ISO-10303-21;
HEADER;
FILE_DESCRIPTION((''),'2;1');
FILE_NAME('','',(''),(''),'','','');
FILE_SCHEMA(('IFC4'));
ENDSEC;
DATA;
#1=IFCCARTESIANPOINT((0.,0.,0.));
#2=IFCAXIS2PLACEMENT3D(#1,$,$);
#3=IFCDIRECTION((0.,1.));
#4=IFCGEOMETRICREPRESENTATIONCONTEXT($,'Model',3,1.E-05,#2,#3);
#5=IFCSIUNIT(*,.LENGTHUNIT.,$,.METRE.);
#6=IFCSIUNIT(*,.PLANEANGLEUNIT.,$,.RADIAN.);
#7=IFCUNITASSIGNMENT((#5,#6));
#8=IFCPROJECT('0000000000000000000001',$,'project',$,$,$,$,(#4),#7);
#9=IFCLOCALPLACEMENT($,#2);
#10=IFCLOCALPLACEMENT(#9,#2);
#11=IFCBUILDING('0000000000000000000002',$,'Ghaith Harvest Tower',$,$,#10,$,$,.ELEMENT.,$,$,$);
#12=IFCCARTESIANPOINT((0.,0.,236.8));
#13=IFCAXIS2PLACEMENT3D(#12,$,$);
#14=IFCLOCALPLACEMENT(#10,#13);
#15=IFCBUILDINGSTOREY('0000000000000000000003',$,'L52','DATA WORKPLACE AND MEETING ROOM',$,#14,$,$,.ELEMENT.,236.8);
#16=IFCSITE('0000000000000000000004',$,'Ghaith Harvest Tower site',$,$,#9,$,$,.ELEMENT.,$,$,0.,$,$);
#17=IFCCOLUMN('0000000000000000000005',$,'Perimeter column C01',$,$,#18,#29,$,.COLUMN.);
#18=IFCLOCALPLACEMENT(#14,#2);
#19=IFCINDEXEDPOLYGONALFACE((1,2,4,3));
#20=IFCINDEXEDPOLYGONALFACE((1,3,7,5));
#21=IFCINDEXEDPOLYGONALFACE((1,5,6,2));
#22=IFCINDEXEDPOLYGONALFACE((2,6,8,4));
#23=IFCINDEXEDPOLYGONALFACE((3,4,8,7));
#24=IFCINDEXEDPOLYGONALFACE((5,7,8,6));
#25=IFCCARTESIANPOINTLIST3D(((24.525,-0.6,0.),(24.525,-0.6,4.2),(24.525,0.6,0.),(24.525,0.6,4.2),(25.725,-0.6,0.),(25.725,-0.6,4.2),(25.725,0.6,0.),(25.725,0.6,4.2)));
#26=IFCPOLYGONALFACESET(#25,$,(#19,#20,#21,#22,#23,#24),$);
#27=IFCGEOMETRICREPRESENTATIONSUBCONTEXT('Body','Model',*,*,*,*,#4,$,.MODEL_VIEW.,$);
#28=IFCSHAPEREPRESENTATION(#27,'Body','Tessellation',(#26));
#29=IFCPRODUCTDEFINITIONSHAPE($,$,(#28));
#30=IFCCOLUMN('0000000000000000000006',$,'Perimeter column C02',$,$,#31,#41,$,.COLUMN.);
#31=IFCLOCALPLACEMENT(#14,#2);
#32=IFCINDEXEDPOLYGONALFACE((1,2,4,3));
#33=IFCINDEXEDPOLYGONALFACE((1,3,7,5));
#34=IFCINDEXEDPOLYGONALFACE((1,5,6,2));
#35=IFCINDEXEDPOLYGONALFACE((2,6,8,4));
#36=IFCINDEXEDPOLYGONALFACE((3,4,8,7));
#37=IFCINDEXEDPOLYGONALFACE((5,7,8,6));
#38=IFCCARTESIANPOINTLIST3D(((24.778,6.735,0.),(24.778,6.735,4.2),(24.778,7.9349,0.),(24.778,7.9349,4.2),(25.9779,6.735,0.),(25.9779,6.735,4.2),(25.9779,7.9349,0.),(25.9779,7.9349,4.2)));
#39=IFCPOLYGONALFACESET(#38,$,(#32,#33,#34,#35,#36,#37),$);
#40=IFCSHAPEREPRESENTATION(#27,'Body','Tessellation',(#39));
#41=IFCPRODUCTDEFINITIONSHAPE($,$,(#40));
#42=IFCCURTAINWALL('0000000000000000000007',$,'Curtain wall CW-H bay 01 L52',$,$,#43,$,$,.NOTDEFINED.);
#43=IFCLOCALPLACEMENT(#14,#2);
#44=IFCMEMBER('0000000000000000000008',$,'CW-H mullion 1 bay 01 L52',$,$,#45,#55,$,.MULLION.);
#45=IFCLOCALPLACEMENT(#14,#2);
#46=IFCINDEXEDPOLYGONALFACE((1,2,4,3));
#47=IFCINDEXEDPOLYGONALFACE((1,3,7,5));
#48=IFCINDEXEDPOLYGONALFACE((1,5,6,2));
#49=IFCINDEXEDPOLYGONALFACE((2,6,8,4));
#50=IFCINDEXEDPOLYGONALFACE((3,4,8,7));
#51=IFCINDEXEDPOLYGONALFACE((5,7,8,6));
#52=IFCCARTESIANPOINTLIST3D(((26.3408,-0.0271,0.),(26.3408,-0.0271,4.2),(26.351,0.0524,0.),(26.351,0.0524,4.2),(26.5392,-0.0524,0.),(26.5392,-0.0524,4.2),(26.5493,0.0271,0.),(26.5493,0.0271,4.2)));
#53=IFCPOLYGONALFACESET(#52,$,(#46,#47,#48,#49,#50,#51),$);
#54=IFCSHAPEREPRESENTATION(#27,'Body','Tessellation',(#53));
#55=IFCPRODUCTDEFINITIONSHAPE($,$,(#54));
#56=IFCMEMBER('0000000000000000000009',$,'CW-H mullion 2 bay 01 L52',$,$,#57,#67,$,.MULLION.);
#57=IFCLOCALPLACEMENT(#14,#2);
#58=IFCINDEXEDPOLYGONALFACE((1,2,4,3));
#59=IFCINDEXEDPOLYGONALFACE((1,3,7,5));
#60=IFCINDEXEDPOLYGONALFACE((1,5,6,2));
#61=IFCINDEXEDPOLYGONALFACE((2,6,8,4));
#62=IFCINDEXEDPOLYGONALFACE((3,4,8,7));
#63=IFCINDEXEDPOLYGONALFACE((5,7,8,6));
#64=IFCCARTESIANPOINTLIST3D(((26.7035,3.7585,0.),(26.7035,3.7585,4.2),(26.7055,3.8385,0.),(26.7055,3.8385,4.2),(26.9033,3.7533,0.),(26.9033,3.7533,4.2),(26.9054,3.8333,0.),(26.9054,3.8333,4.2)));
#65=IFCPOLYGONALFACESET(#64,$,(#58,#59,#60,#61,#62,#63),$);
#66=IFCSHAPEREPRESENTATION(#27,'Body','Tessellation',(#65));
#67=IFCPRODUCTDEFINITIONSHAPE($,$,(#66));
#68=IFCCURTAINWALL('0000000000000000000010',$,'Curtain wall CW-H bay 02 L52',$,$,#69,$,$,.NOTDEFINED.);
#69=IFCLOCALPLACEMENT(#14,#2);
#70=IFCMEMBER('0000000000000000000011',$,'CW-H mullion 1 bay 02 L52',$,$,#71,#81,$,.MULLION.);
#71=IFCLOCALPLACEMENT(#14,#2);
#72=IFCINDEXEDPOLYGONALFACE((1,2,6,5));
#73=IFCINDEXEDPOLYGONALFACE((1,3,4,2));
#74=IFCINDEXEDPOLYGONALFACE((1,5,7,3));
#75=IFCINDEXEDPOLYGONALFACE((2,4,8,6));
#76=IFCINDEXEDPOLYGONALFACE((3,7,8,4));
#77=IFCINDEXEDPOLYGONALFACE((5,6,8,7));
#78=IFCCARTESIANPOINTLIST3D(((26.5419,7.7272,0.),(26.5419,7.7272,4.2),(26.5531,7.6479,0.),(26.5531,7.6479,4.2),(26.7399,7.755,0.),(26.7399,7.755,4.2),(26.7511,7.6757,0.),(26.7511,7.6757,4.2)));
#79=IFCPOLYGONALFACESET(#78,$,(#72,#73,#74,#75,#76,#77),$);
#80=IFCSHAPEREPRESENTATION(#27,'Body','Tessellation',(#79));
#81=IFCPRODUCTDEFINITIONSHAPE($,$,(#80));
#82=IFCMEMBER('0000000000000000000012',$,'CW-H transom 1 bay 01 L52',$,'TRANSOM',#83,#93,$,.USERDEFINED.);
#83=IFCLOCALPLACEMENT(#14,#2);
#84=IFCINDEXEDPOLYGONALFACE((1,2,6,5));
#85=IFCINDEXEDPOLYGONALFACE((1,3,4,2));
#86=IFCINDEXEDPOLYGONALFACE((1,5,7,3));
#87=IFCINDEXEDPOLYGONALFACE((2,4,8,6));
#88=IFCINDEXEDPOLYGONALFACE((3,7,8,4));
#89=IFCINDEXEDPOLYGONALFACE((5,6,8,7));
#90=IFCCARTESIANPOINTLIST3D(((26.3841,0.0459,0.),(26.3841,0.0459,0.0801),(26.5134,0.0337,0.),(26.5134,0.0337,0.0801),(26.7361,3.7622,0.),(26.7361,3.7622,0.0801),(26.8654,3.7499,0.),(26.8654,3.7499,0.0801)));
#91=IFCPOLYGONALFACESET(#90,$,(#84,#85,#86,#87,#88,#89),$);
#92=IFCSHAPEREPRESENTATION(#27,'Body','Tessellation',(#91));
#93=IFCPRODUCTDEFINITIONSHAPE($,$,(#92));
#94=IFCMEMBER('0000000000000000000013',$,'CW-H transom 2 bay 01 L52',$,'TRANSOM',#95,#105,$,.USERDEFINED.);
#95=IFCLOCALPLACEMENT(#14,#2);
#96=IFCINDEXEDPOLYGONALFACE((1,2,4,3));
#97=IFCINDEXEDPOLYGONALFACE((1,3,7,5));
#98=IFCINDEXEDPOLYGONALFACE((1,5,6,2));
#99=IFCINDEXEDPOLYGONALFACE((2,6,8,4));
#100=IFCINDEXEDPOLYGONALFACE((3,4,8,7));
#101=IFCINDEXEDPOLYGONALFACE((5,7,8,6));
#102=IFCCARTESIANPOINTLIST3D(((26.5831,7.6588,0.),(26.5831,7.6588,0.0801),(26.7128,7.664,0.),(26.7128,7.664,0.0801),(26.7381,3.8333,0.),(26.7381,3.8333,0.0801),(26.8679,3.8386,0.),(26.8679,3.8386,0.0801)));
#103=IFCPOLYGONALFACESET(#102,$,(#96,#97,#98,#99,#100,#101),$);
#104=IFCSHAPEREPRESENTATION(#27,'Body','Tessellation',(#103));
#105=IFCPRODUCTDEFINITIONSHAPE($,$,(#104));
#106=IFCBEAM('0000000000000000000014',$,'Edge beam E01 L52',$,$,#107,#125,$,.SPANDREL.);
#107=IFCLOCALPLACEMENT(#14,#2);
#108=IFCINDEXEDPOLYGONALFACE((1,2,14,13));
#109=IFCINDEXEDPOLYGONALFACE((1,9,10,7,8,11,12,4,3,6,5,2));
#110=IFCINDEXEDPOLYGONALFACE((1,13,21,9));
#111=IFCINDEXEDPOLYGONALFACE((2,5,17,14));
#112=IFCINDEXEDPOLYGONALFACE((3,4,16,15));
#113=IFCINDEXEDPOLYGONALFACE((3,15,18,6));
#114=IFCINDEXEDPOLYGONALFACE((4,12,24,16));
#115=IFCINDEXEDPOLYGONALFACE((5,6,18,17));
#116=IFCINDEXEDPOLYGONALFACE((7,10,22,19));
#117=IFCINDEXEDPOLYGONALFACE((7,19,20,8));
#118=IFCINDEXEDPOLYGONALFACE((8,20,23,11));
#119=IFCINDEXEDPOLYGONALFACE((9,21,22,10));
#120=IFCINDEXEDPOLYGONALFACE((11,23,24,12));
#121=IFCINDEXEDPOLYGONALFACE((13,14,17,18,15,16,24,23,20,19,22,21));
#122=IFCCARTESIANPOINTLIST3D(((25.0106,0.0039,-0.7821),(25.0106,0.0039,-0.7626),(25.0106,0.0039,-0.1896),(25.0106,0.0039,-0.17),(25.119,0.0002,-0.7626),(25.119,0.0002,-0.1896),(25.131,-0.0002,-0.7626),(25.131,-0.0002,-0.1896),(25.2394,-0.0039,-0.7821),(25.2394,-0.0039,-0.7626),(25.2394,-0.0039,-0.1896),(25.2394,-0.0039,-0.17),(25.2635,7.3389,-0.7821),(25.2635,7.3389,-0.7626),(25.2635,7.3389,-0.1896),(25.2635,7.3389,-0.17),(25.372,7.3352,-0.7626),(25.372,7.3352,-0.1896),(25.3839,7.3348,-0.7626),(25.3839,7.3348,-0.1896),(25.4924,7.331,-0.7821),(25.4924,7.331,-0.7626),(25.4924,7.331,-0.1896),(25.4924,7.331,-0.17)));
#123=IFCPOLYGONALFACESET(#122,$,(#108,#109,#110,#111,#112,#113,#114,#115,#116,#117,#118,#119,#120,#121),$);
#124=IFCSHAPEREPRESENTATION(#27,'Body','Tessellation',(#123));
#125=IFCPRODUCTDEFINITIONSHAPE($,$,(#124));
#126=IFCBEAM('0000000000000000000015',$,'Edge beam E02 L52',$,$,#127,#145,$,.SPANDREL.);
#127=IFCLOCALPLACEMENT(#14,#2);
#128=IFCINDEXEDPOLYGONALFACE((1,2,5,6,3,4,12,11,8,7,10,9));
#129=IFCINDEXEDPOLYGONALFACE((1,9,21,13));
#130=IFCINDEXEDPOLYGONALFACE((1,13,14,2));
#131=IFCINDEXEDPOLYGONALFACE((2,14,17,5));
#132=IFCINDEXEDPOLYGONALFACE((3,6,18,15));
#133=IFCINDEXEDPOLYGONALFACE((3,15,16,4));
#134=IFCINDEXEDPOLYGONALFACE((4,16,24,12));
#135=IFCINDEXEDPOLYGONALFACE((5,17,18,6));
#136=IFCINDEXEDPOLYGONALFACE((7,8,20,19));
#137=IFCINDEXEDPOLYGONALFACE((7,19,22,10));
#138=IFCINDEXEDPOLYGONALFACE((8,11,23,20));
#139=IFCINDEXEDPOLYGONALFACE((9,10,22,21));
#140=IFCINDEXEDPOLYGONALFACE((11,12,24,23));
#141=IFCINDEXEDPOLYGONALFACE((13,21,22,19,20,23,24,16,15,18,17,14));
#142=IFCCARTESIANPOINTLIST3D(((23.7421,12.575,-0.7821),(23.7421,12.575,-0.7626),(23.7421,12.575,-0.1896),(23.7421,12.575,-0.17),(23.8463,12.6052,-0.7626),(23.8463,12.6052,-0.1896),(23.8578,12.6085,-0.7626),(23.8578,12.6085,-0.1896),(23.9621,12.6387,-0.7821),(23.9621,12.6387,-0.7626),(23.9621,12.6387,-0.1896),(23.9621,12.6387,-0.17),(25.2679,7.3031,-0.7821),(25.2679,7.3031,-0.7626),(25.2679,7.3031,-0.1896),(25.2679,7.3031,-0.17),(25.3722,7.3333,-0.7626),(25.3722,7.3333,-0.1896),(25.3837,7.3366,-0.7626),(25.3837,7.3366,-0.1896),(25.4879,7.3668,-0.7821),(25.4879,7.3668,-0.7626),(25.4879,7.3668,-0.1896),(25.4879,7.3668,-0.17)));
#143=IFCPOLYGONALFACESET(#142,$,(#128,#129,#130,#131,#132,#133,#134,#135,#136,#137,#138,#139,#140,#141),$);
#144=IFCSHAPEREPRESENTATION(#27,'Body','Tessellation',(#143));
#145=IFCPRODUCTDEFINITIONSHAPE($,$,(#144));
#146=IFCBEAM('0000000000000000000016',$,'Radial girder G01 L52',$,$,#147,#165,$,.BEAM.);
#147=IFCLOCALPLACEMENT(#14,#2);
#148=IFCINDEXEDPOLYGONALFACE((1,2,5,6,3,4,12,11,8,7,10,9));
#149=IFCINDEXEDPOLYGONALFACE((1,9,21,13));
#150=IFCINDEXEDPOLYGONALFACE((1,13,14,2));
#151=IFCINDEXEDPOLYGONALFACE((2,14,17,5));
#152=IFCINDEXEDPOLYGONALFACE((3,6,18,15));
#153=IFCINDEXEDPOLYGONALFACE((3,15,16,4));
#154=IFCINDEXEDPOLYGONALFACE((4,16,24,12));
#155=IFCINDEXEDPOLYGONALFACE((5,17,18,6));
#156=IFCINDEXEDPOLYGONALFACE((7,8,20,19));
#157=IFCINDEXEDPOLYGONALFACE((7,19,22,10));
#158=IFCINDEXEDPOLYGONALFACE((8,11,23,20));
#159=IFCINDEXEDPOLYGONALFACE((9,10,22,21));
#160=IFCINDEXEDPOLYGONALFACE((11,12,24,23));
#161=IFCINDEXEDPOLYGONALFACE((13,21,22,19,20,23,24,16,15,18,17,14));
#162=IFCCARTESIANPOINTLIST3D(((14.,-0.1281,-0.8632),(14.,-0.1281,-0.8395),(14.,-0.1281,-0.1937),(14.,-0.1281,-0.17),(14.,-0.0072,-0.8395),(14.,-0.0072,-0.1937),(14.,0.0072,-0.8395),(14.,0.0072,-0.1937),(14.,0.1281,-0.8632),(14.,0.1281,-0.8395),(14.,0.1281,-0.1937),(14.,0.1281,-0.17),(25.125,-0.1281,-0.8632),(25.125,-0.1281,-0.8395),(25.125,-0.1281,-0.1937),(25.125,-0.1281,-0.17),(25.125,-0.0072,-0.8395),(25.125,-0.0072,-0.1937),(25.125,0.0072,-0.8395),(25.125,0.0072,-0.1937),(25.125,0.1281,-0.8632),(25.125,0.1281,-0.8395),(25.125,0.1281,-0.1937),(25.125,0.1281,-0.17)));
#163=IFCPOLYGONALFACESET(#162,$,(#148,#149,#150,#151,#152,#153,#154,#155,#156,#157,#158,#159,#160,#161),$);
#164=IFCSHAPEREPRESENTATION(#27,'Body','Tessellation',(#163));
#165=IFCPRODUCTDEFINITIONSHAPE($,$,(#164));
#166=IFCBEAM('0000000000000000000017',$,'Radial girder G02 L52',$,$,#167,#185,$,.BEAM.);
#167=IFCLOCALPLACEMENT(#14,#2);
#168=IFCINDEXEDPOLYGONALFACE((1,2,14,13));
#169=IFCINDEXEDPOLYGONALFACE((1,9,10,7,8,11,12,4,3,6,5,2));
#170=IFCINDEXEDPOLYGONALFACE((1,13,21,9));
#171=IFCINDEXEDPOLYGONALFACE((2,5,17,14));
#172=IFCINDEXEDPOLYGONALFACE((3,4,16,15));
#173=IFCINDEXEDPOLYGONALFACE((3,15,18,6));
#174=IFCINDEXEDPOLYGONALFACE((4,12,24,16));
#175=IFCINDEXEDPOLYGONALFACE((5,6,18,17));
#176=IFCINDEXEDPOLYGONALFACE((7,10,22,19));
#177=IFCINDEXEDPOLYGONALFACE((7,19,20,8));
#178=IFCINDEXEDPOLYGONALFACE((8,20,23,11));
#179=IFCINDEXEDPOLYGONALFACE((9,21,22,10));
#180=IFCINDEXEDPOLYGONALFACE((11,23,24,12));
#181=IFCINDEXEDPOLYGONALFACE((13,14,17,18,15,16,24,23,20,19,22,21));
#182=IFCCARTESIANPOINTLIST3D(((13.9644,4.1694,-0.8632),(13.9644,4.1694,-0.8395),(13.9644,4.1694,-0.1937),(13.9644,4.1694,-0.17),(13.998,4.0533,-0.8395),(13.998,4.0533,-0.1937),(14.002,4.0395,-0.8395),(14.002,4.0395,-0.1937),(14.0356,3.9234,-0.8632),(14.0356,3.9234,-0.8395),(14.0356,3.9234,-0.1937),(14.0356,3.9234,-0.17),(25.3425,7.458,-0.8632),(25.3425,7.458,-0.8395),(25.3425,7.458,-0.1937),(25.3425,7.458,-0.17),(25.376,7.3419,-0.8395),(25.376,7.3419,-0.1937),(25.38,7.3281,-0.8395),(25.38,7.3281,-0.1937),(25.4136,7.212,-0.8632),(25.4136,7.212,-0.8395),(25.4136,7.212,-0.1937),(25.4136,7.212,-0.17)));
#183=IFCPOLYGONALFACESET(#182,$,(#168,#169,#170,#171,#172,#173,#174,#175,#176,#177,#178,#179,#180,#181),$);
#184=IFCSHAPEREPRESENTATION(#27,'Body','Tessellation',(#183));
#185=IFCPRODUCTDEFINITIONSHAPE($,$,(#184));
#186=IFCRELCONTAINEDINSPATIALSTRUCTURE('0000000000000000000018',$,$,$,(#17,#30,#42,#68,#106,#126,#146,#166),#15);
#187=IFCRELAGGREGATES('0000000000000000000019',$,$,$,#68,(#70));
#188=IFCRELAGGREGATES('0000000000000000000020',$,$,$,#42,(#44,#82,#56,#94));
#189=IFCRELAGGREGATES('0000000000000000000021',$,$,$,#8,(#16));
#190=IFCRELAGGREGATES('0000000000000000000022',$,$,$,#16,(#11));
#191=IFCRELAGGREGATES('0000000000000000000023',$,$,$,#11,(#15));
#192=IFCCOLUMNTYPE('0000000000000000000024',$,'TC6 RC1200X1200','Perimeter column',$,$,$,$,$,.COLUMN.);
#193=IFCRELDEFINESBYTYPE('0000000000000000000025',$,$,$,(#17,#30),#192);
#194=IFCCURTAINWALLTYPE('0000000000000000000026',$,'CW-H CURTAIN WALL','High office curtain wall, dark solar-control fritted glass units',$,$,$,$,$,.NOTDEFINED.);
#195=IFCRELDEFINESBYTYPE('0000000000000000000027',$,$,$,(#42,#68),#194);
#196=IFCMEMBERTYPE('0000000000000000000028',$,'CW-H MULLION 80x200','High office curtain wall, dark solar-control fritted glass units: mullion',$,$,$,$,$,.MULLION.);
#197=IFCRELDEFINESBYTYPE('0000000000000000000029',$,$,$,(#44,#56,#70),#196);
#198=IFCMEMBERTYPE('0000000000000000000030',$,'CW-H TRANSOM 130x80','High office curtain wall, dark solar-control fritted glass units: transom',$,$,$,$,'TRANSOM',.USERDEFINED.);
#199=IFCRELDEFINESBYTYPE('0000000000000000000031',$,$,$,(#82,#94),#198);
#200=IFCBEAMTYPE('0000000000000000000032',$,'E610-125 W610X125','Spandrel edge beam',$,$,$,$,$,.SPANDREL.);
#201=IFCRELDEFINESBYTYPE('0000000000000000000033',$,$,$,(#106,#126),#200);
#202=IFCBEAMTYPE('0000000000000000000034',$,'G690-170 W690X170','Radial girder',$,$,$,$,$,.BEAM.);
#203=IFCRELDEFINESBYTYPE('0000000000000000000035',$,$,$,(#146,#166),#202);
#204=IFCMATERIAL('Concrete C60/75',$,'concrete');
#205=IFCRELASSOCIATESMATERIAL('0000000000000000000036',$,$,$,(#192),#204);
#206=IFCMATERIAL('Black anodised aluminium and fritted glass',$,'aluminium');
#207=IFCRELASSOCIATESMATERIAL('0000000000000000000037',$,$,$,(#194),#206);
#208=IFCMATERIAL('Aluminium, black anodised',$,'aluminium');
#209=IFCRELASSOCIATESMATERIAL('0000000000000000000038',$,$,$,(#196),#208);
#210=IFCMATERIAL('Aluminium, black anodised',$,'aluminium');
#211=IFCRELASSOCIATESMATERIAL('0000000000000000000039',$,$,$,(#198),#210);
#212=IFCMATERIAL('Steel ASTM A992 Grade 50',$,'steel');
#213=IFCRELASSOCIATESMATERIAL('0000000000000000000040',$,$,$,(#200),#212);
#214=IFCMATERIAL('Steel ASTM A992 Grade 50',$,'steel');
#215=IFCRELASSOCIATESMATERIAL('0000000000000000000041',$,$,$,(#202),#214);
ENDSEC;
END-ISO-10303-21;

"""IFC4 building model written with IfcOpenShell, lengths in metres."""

from ifc_helpers import new_model, si_unit, direction, frame, origin, origin_2d, place, context, subcontext, project, spatial, rectangle, i_section, extrude, material, material_profile, profile_set, type_object, element, aggregate, save


model = new_model("IFC4")

# Units and contexts
model_context = context("Model", 3, precision=1e-05, world=origin(), true_north=direction((0.0, 1.0)))
body_context = subcontext(model_context, "Body", "Model", "MODEL_VIEW")
ifc_project = project(units=[si_unit("LENGTHUNIT", "METRE"), si_unit("PLANEANGLEUNIT", "RADIAN")], contexts=[model_context])

# Site, building, storey
site_placement = place(None, origin())
site = spatial("IfcSite", under=ifc_project, at=site_placement, Name="Ghaith Harvest Tower site", CompositionType="ELEMENT", RefElevation=0.0)
building_placement = place(site_placement, origin())
building = spatial("IfcBuilding", under=site, at=building_placement, Name="Ghaith Harvest Tower", CompositionType="ELEMENT")
storey_placement = place(building_placement, frame((0.0, 0.0, 236.8)))
storey = spatial("IfcBuildingStorey", under=building, at=storey_placement, Name="L52", Description="DATA WORKPLACE AND MEETING ROOM", CompositionType="ELEMENT", Elevation=236.8)

# Columns
ifc_material_1 = material(Name="Concrete C60/75", Category="concrete")
ifc_material_profile_1 = material_profile(ifc_material_1, rectangle(XDim=1.2, YDim=1.2, at=origin_2d()), Name="RC1200X1200")
ifc_profile_set_1 = profile_set([ifc_material_profile_1], Name="Concrete C60/75")
column_type = type_object("IfcColumnType", Name="TC6 RC1200X1200", Description="Perimeter column", PredefinedType="COLUMN", material=ifc_profile_set_1)
for number, where, z_axis, x_axis, name in (
    (1, (25.125, 0.0, 0.0), (0.0, 0.0, 1.0), (1.0, 0.0, 0.0), "Perimeter column C01"),
    (2, (25.3779, 7.335, 0.0), (0.0, 0.0, 1.0), (1.0, 0.0, 0.0), "Perimeter column C02"),
):
    element("IfcColumn", number, at=place(storey_placement, frame(where, z_axis=z_axis, x_axis=x_axis)), inside=storey, type_object=column_type, Name=name, PredefinedType="COLUMN", context=body_context, shape_type="SweptSolid", body=[
        extrude(rectangle(XDim=1.2, YDim=1.2, at=origin_2d()), origin(), (0.0, 0.0, 1.0), 4.2),
    ])

# Curtain wall, members
ifc_material_2 = material(Name="Black anodised aluminium and fritted glass", Category="aluminium")
curtain_wall_type = type_object("IfcCurtainWallType", Name="CW-H CURTAIN WALL", Description="High office curtain wall, dark solar-control fritted glass units", PredefinedType="NOTDEFINED", material=ifc_material_2)
curtain_wall_1_placement = place(storey_placement, origin())
curtain_wall_1 = element("IfcCurtainWall", 3, at=curtain_wall_1_placement, inside=storey, type_object=curtain_wall_type, Name="Curtain wall CW-H bay 01 L52", PredefinedType="NOTDEFINED")
ifc_material_3 = material(Name="Aluminium, black anodised", Category="aluminium")
ifc_material_profile_2 = material_profile(ifc_material_3, rectangle(XDim=0.0801, YDim=0.2, at=origin_2d()), Name="CW-H MULLION 80x200")
ifc_profile_set_2 = profile_set([ifc_material_profile_2], Name="Aluminium, black anodised")
member_type_1 = type_object("IfcMemberType", Name="CW-H MULLION 80x200", Description="High office curtain wall, dark solar-control fritted glass units: mullion", PredefinedType="MULLION", material=ifc_profile_set_2)
member_1_placement = place(storey_placement, frame((26.4451, 0.0, 0.0), z_axis=(0.0, 0.0, 1.0), x_axis=(0.126568, 0.991958, 0.0)))
member_1 = element("IfcMember", 4, at=member_1_placement, type_object=member_type_1, Name="CW-H mullion 1 bay 01 L52", PredefinedType="MULLION", context=body_context, shape_type="SweptSolid", body=[
    extrude(rectangle(XDim=0.0801, YDim=0.2, at=origin_2d()), origin(), (0.0, 0.0, 1.0), 4.2),
])
member_2_placement = place(storey_placement, frame((26.8044, 3.7959, 0.0), z_axis=(0.0, 0.0, 1.0), x_axis=(0.026143, 0.999658, 0.0)))
member_2 = element("IfcMember", 5, at=member_2_placement, type_object=member_type_1, Name="CW-H mullion 2 bay 01 L52", PredefinedType="MULLION", context=body_context, shape_type="SweptSolid", body=[
    extrude(rectangle(XDim=0.0801, YDim=0.2, at=origin_2d()), origin(), (0.0, 0.0, 1.0), 4.2),
])

# Curtain wall, member
curtain_wall_2_placement = place(storey_placement, origin())
curtain_wall_2 = element("IfcCurtainWall", 6, at=curtain_wall_2_placement, inside=storey, type_object=curtain_wall_type, Name="Curtain wall CW-H bay 02 L52", PredefinedType="NOTDEFINED")
member_3_placement = place(storey_placement, frame((26.6465, 7.7014, 0.0), z_axis=(0.0, 0.0, 1.0), x_axis=(-0.139146, 0.990272, 0.0)))
member_3 = element("IfcMember", 7, at=member_3_placement, type_object=member_type_1, Name="CW-H mullion 1 bay 02 L52", PredefinedType="MULLION", context=body_context, shape_type="SweptSolid", body=[
    extrude(rectangle(XDim=0.0801, YDim=0.2, at=origin_2d()), origin(), (0.0, 0.0, 1.0), 4.2),
])
aggregate(curtain_wall_2, [member_3])

# Members
ifc_material_4 = material(Name="Aluminium, black anodised", Category="aluminium")
ifc_material_profile_3 = material_profile(ifc_material_4, rectangle(XDim=0.1299, YDim=0.0801, at=origin_2d()), Name="CW-H TRANSOM 130x80")
ifc_profile_set_3 = profile_set([ifc_material_profile_3], Name="Aluminium, black anodised")
member_type_2 = type_object("IfcMemberType", Name="CW-H TRANSOM 130x80", Description="High office curtain wall, dark solar-control fritted glass units: transom", ElementType="TRANSOM", PredefinedType="USERDEFINED", material=ifc_profile_set_3)
member_4_placement = place(storey_placement, frame((26.4487, 0.0398, 0.04), z_axis=(0.094309, 0.995543, 0.0), x_axis=(-0.995543, 0.094309, 0.0)))
member_4 = element("IfcMember", 8, at=member_4_placement, type_object=member_type_2, Name="CW-H transom 1 bay 01 L52", ObjectType="TRANSOM", PredefinedType="USERDEFINED", context=body_context, shape_type="SweptSolid", body=[
    extrude(rectangle(XDim=0.1299, YDim=0.0801, at=origin_2d()), origin(), (0.0, 0.0, 1.0), 3.7329),
])
member_5_placement = place(storey_placement, frame((26.803, 3.8359, 0.04), z_axis=(-0.040493, 0.99918, 0.0), x_axis=(-0.99918, -0.040493, 0.0)))
member_5 = element("IfcMember", 9, at=member_5_placement, type_object=member_type_2, Name="CW-H transom 2 bay 01 L52", ObjectType="TRANSOM", PredefinedType="USERDEFINED", context=body_context, shape_type="SweptSolid", body=[
    extrude(rectangle(XDim=0.1299, YDim=0.0801, at=origin_2d()), origin(), (0.0, 0.0, 1.0), 3.8286),
])

# Beams
ifc_material_5 = material(Name="Steel ASTM A992 Grade 50", Category="steel")
ifc_material_profile_4 = material_profile(ifc_material_5, i_section(OverallWidth=0.229, OverallDepth=0.6121, WebThickness=0.012, FlangeThickness=0.0195, at=origin_2d()), Name="W610X125")
ifc_profile_set_4 = profile_set([ifc_material_profile_4], Name="Steel ASTM A992 Grade 50")
beam_type_1 = type_object("IfcBeamType", Name="E610-125 W610X125", Description="Spandrel edge beam", PredefinedType="SPANDREL", material=ifc_profile_set_4)
beam_1_placement = place(storey_placement, frame((25.125, 0.0, -0.4761), z_axis=(0.034462, 0.999406, 0.0), x_axis=(-0.999406, 0.034462, 0.0)))
element("IfcBeam", 10, at=beam_1_placement, inside=storey, type_object=beam_type_1, Name="Edge beam E01 L52", PredefinedType="SPANDREL", context=body_context, shape_type="SweptSolid", body=[
    extrude(i_section(OverallWidth=0.229, OverallDepth=0.6121, WebThickness=0.012, FlangeThickness=0.0195, at=origin_2d()), origin(), (0.0, 0.0, 1.0), 7.3394),
])
beam_2_placement = place(storey_placement, frame((25.3779, 7.335, -0.4761), z_axis=(-0.278021, 0.960575, 0.0), x_axis=(-0.960575, -0.278021, 0.0)))
element("IfcBeam", 11, at=beam_2_placement, inside=storey, type_object=beam_type_1, Name="Edge beam E02 L52", PredefinedType="SPANDREL", context=body_context, shape_type="SweptSolid", body=[
    extrude(i_section(OverallWidth=0.229, OverallDepth=0.6121, WebThickness=0.012, FlangeThickness=0.0195, at=origin_2d()), origin(), (0.0, 0.0, 1.0), 5.4883),
])
ifc_material_6 = material(Name="Steel ASTM A992 Grade 50", Category="steel")
ifc_material_profile_5 = material_profile(ifc_material_6, i_section(OverallWidth=0.2561, OverallDepth=0.6931, WebThickness=0.0144, FlangeThickness=0.0237, at=origin_2d()), Name="W690X170")
ifc_profile_set_5 = profile_set([ifc_material_profile_5], Name="Steel ASTM A992 Grade 50")
beam_type_2 = type_object("IfcBeamType", Name="G690-170 W690X170", Description="Radial girder", PredefinedType="BEAM", material=ifc_profile_set_5)
beam_3_placement = place(storey_placement, frame((14.0, 0.0, -0.5166), z_axis=(1.0, 0.0, 0.0), x_axis=(0.0, 1.0, 0.0)))
element("IfcBeam", 12, at=beam_3_placement, inside=storey, type_object=beam_type_2, Name="Radial girder G01 L52", PredefinedType="BEAM", context=body_context, shape_type="SweptSolid", body=[
    extrude(i_section(OverallWidth=0.2561, OverallDepth=0.6931, WebThickness=0.0144, FlangeThickness=0.0237, at=origin_2d()), origin(), (0.0, 0.0, 1.0), 11.125),
])
beam_4_placement = place(storey_placement, frame((14.0, 4.0464, -0.5166), z_axis=(0.960678, 0.277666, 0.0), x_axis=(-0.277666, 0.960678, 0.0)))
element("IfcBeam", 13, at=beam_4_placement, inside=storey, type_object=beam_type_2, Name="Radial girder G02 L52", PredefinedType="BEAM", context=body_context, shape_type="SweptSolid", body=[
    extrude(i_section(OverallWidth=0.2561, OverallDepth=0.6931, WebThickness=0.0144, FlangeThickness=0.0237, at=origin_2d()), origin(), (0.0, 0.0, 1.0), 11.8438),
])

aggregate(curtain_wall_1, [member_1, member_4, member_2, member_5])

save(model, "model.ifc")
